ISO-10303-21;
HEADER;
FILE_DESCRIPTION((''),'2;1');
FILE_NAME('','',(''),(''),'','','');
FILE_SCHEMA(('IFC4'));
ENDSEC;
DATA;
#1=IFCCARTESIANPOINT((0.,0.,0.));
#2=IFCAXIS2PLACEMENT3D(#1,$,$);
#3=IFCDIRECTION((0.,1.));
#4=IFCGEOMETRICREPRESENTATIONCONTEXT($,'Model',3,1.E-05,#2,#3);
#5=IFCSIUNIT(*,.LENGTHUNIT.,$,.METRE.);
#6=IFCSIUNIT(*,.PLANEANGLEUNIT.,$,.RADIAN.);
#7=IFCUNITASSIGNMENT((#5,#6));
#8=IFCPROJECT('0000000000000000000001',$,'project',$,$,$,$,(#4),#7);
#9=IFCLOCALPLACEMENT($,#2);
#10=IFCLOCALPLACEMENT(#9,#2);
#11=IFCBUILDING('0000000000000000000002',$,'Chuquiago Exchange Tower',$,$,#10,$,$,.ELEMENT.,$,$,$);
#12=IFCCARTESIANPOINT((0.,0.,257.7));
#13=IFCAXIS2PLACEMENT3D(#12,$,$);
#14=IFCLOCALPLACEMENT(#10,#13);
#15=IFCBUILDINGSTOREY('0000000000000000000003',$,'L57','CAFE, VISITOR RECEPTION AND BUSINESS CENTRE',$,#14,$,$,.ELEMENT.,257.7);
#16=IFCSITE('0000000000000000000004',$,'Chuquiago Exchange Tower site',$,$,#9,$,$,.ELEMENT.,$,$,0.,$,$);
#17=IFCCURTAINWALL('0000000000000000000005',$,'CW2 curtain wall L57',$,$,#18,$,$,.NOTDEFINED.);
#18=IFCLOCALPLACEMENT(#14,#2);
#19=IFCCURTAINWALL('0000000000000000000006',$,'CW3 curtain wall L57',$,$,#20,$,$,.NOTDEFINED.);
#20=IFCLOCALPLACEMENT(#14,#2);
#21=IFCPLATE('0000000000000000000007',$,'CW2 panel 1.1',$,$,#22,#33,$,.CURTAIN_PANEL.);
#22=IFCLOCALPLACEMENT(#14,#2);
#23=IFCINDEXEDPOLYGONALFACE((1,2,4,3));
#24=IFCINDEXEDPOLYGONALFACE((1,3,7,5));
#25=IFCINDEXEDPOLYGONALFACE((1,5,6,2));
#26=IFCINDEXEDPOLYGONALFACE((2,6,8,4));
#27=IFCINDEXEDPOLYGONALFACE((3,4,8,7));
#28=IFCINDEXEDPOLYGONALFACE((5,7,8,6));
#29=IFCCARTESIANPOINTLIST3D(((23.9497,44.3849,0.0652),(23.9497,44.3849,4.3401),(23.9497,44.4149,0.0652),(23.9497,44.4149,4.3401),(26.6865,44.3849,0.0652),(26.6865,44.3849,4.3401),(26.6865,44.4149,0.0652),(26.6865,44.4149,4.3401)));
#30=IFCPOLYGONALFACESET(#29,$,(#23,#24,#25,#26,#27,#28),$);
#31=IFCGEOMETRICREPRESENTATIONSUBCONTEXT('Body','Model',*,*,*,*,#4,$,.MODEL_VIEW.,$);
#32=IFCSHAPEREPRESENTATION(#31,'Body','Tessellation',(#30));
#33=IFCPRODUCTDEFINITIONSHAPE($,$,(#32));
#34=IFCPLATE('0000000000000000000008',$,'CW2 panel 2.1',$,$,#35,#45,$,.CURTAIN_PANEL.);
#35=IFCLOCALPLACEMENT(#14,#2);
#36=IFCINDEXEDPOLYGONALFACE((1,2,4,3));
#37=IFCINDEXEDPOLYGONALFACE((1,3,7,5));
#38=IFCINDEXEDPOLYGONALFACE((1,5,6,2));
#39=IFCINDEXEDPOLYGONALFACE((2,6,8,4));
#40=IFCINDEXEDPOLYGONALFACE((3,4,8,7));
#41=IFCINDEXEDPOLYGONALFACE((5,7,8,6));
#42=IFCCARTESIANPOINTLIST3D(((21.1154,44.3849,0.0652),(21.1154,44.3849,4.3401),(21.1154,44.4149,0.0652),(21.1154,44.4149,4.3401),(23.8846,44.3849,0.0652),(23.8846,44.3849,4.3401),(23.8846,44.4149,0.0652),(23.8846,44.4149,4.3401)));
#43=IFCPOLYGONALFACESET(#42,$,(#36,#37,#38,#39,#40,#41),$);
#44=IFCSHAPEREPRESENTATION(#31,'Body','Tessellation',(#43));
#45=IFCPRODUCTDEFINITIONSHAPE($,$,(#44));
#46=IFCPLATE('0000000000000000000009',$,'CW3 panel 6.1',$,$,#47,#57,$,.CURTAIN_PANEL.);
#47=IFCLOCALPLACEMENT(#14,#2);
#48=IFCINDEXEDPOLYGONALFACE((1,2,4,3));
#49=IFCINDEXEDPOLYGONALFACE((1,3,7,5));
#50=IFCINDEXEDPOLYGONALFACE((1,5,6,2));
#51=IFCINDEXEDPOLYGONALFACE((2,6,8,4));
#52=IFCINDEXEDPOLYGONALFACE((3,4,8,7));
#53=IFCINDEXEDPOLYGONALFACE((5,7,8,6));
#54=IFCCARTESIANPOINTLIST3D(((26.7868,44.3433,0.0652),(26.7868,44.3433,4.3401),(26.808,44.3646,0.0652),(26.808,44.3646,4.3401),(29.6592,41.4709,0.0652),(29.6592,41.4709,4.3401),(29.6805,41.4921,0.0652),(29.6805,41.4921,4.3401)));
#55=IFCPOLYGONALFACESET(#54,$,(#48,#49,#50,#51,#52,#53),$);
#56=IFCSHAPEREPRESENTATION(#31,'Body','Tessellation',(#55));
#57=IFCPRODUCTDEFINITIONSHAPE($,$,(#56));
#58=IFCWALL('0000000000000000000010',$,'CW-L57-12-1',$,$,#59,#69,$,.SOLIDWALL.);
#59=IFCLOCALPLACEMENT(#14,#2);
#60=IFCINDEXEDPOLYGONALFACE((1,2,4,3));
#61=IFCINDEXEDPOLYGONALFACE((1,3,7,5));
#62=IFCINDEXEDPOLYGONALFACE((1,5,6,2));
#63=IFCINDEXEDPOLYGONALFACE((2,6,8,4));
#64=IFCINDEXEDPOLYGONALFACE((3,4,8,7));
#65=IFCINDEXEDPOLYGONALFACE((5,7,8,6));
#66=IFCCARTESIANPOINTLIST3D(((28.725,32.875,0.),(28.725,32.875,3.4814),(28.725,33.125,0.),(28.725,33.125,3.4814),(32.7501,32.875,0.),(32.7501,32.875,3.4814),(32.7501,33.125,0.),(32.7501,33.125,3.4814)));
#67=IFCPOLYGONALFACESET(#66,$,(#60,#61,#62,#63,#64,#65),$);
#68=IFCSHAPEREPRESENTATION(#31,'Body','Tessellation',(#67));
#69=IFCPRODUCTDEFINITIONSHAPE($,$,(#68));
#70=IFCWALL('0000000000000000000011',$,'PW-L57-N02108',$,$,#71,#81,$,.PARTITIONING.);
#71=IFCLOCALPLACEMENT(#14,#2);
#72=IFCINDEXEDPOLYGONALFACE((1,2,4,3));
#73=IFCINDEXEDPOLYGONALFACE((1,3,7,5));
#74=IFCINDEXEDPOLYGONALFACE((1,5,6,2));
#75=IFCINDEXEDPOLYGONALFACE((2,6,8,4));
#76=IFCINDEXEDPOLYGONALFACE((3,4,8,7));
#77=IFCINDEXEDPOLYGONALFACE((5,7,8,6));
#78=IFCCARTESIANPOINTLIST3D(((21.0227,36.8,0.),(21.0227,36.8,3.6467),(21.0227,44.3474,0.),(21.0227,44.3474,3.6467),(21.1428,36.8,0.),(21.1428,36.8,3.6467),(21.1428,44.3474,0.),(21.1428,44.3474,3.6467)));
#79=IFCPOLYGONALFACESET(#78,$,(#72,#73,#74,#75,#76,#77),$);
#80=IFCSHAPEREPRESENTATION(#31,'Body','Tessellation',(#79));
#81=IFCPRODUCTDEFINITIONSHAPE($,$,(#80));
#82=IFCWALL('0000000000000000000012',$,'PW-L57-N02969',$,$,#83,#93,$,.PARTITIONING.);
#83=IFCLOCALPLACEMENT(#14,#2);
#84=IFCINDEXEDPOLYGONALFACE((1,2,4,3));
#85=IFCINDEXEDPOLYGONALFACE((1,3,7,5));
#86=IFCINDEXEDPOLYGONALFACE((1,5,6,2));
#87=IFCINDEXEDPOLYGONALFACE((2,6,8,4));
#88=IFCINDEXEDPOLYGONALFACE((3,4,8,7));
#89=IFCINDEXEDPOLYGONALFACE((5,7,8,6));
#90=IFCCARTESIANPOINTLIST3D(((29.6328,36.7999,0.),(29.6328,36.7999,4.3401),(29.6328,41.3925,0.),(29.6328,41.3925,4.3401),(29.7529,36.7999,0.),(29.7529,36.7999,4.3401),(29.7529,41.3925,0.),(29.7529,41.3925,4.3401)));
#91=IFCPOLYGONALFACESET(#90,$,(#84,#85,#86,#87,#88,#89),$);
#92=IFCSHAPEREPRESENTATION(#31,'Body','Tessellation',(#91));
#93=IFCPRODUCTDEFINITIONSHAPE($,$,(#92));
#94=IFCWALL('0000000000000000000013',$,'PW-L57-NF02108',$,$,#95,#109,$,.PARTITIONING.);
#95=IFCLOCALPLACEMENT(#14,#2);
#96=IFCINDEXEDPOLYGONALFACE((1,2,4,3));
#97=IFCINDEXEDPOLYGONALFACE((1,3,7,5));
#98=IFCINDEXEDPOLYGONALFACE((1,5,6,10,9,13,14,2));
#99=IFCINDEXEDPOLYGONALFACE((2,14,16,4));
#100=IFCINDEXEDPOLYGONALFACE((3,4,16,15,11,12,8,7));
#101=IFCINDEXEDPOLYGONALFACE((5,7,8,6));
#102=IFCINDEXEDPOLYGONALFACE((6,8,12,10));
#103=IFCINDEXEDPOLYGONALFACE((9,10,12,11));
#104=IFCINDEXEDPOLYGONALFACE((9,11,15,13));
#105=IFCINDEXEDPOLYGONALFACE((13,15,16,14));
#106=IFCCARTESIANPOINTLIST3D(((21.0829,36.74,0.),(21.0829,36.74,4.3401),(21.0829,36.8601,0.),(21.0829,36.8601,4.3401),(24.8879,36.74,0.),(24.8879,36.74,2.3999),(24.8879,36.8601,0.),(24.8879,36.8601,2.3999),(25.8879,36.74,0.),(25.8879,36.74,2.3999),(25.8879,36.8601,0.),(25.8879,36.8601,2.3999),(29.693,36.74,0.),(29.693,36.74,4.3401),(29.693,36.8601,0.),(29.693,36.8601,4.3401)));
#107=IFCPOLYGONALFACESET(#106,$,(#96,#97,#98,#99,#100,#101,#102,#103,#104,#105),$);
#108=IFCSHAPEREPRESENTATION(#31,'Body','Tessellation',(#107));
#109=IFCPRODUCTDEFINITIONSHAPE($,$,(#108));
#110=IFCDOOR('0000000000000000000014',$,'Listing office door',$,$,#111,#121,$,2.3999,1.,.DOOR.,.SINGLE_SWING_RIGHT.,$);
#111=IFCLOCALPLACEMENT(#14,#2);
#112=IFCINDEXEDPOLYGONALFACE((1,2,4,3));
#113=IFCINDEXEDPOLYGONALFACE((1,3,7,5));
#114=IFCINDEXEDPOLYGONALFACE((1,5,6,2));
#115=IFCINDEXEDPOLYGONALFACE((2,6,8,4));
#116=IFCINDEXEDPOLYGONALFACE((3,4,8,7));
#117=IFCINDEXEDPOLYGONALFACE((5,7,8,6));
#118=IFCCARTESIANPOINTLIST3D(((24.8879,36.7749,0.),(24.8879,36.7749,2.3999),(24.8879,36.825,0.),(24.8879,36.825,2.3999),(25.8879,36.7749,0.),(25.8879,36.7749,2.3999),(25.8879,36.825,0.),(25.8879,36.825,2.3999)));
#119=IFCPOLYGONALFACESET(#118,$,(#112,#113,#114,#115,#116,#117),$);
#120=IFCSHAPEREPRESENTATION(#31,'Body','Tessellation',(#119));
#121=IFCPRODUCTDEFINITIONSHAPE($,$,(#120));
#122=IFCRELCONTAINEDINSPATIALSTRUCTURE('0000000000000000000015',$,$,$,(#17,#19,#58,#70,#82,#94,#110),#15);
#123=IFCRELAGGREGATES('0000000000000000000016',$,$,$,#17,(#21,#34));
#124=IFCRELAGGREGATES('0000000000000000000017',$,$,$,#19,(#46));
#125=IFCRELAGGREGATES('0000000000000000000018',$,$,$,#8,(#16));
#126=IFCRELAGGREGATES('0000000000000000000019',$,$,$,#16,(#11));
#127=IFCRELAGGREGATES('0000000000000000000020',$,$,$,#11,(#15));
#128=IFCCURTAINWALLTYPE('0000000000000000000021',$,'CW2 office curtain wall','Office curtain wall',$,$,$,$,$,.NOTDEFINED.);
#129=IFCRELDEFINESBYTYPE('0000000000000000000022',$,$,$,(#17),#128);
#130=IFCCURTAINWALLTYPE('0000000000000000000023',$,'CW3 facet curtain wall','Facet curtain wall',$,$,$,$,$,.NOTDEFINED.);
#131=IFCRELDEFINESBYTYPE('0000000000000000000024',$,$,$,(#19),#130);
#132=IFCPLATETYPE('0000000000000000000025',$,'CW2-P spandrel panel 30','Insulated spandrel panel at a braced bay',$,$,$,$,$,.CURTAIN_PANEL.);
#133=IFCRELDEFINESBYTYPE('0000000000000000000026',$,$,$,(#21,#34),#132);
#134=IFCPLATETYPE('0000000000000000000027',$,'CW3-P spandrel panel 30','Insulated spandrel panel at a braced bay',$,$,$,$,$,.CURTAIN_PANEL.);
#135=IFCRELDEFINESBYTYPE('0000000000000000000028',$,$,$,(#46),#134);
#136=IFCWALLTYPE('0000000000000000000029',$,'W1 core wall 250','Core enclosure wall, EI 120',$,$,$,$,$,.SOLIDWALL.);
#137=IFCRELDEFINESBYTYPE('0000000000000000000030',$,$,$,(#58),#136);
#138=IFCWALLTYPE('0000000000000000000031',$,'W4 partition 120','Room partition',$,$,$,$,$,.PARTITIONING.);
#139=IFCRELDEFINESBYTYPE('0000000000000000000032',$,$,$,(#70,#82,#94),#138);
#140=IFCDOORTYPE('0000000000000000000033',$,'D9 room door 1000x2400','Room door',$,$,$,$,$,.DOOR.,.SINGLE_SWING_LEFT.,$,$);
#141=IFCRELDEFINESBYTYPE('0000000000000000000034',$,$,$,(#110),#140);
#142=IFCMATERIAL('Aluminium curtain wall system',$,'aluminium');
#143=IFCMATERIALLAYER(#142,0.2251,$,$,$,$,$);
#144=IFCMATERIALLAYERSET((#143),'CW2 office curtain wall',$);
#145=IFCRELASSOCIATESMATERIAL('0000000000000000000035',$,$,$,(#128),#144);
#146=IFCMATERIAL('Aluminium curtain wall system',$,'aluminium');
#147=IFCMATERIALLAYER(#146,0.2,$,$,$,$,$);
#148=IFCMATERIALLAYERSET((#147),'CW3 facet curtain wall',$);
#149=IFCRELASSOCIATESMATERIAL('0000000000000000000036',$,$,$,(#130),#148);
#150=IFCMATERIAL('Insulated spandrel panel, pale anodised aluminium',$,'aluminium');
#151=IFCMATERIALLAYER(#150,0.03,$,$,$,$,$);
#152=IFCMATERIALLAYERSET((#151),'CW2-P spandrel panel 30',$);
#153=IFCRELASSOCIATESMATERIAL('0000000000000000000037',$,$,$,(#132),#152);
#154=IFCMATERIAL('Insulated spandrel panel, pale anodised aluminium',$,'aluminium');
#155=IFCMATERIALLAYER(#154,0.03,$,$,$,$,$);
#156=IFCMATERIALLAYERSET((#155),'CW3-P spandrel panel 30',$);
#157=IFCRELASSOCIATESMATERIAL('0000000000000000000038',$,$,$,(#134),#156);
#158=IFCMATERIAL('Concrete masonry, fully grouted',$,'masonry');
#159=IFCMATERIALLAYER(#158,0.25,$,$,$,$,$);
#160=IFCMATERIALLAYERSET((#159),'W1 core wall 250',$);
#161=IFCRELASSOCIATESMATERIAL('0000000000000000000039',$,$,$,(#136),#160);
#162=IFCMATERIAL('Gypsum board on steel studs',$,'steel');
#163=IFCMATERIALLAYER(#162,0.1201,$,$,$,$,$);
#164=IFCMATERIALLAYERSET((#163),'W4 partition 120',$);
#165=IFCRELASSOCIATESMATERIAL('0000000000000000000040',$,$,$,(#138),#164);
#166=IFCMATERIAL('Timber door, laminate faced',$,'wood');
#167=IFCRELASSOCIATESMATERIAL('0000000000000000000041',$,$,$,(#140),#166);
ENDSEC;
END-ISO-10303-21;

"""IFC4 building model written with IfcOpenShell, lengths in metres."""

from ifc_helpers import new_model, si_unit, direction, frame, frame_2d, origin, origin_2d, place, context, subcontext, project, spatial, rectangle, extrude, material, layer, layer_set, type_object, element, fill, aggregate, save


model = new_model("IFC4")

# Units and contexts
model_context = context("Model", 3, precision=1e-05, world=origin(), true_north=direction((0.0, 1.0)))
body_context = subcontext(model_context, "Body", "Model", "MODEL_VIEW")
ifc_project = project(units=[si_unit("LENGTHUNIT", "METRE"), si_unit("PLANEANGLEUNIT", "RADIAN")], contexts=[model_context])

# Site, building, storey
site_placement = place(None, origin())
site = spatial("IfcSite", under=ifc_project, at=site_placement, Name="Chuquiago Exchange Tower site", CompositionType="ELEMENT", RefElevation=0.0)
building_placement = place(site_placement, origin())
building = spatial("IfcBuilding", under=site, at=building_placement, Name="Chuquiago Exchange Tower", CompositionType="ELEMENT")
storey_placement = place(building_placement, frame((0.0, 0.0, 257.7)))
storey = spatial("IfcBuildingStorey", under=building, at=storey_placement, Name="L57", Description="CAFE, VISITOR RECEPTION AND BUSINESS CENTRE", CompositionType="ELEMENT", Elevation=257.7)

# Curtain walls
ifc_material_1 = material(Name="Aluminium curtain wall system", Category="aluminium")
ifc_layer_1 = layer(ifc_material_1, 0.2251)
ifc_layer_set_1 = layer_set([ifc_layer_1], Name="CW2 office curtain wall")
curtain_wall_type_1 = type_object("IfcCurtainWallType", Name="CW2 office curtain wall", Description="Office curtain wall", PredefinedType="NOTDEFINED", material=ifc_layer_set_1)
curtain_wall_1_placement = place(storey_placement, origin())
curtain_wall_1 = element("IfcCurtainWall", 1, at=curtain_wall_1_placement, inside=storey, type_object=curtain_wall_type_1, Name="CW2 curtain wall L57", PredefinedType="NOTDEFINED")
ifc_material_2 = material(Name="Aluminium curtain wall system", Category="aluminium")
ifc_layer_2 = layer(ifc_material_2, 0.2)
ifc_layer_set_2 = layer_set([ifc_layer_2], Name="CW3 facet curtain wall")
curtain_wall_type_2 = type_object("IfcCurtainWallType", Name="CW3 facet curtain wall", Description="Facet curtain wall", PredefinedType="NOTDEFINED", material=ifc_layer_set_2)
curtain_wall_2_placement = place(storey_placement, origin())
curtain_wall_2 = element("IfcCurtainWall", 2, at=curtain_wall_2_placement, inside=storey, type_object=curtain_wall_type_2, Name="CW3 curtain wall L57", PredefinedType="NOTDEFINED")

# Plates
ifc_material_3 = material(Name="Insulated spandrel panel, pale anodised aluminium", Category="aluminium")
ifc_layer_3 = layer(ifc_material_3, 0.03)
ifc_layer_set_3 = layer_set([ifc_layer_3], Name="CW2-P spandrel panel 30")
plate_type_1 = type_object("IfcPlateType", Name="CW2-P spandrel panel 30", Description="Insulated spandrel panel at a braced bay", PredefinedType="CURTAIN_PANEL", material=ifc_layer_set_3)
plate_1_placement = place(storey_placement, frame((25.3181, 44.3999, 0.0652), z_axis=(0.0, 0.0, 1.0), x_axis=(-1.0, 0.0, 0.0)))
plate_1 = element("IfcPlate", 3, at=plate_1_placement, type_object=plate_type_1, Name="CW2 panel 1.1", PredefinedType="CURTAIN_PANEL", context=body_context, shape_type="SweptSolid", body=[
    extrude(rectangle(XDim=2.7368, YDim=0.03, at=origin_2d()), origin(), (0.0, 0.0, 1.0), 4.2749),
])
plate_2_placement = place(storey_placement, frame((22.5, 44.3999, 0.0652), z_axis=(0.0, 0.0, 1.0), x_axis=(-1.0, 0.0, 0.0)))
plate_2 = element("IfcPlate", 4, at=plate_2_placement, type_object=plate_type_1, Name="CW2 panel 2.1", PredefinedType="CURTAIN_PANEL", context=body_context, shape_type="SweptSolid", body=[
    extrude(rectangle(XDim=2.7693, YDim=0.03, at=origin_2d()), origin(), (0.0, 0.0, 1.0), 4.2749),
])
aggregate(curtain_wall_1, [plate_1, plate_2])
ifc_material_4 = material(Name="Insulated spandrel panel, pale anodised aluminium", Category="aluminium")
ifc_layer_4 = layer(ifc_material_4, 0.03)
ifc_layer_set_4 = layer_set([ifc_layer_4], Name="CW3-P spandrel panel 30")
plate_type_2 = type_object("IfcPlateType", Name="CW3-P spandrel panel 30", Description="Insulated spandrel panel at a braced bay", PredefinedType="CURTAIN_PANEL", material=ifc_layer_set_4)
plate_3_placement = place(storey_placement, frame((28.2336, 42.9177, 0.0652), z_axis=(0.0, 0.0, 1.0), x_axis=(-0.707107, 0.707107, 0.0)))
plate_3 = element("IfcPlate", 5, at=plate_3_placement, type_object=plate_type_2, Name="CW3 panel 6.1", PredefinedType="CURTAIN_PANEL", context=body_context, shape_type="SweptSolid", body=[
    extrude(rectangle(XDim=4.0623, YDim=0.03, at=origin_2d()), origin(), (0.0, 0.0, 1.0), 4.2749),
])
aggregate(curtain_wall_2, [plate_3])

# Walls
ifc_material_5 = material(Name="Concrete masonry, fully grouted", Category="masonry")
ifc_layer_5 = layer(ifc_material_5, 0.25)
ifc_layer_set_5 = layer_set([ifc_layer_5], Name="W1 core wall 250")
wall_type_1 = type_object("IfcWallType", Name="W1 core wall 250", Description="Core enclosure wall, EI 120", PredefinedType="SOLIDWALL", material=ifc_layer_set_5)
wall_1_placement = place(storey_placement, frame((28.7249, 33.0, 0.0), z_axis=(0.0, 0.0, 1.0), x_axis=(1.0, 0.0, 0.0)))
element("IfcWall", 6, at=wall_1_placement, inside=storey, type_object=wall_type_1, Name="CW-L57-12-1", PredefinedType="SOLIDWALL", context=body_context, shape_type="SweptSolid", body=[
    extrude(rectangle(XDim=4.0251, YDim=0.25, at=frame_2d((2.0127, 0.0))), origin(), (0.0, 0.0, 1.0), 3.4814),
])
ifc_material_6 = material(Name="Gypsum board on steel studs", Category="steel")
ifc_layer_6 = layer(ifc_material_6, 0.1201)
ifc_layer_set_6 = layer_set([ifc_layer_6], Name="W4 partition 120")
wall_type_2 = type_object("IfcWallType", Name="W4 partition 120", Description="Room partition", PredefinedType="PARTITIONING", material=ifc_layer_set_6)
wall_2_placement = place(storey_placement, frame((21.0828, 44.3474, 0.0), z_axis=(0.0, 0.0, 1.0), x_axis=(0.0, -1.0, 0.0)))
element("IfcWall", 7, at=wall_2_placement, inside=storey, type_object=wall_type_2, Name="PW-L57-N02108", PredefinedType="PARTITIONING", context=body_context, shape_type="SweptSolid", body=[
    extrude(rectangle(XDim=7.5474, YDim=0.1201, at=frame_2d((3.7737, 0.0))), origin(), (0.0, 0.0, 1.0), 3.6467),
])
wall_3_placement = place(storey_placement, frame((29.6929, 41.3926, 0.0), z_axis=(0.0, 0.0, 1.0), x_axis=(0.0, -1.0, 0.0)))
element("IfcWall", 8, at=wall_3_placement, inside=storey, type_object=wall_type_2, Name="PW-L57-N02969", PredefinedType="PARTITIONING", context=body_context, shape_type="SweptSolid", body=[
    extrude(rectangle(XDim=4.5925, YDim=0.1201, at=frame_2d((2.2964, 0.0))), origin(), (0.0, 0.0, 1.0), 4.3401),
])

# Wall, opening, door
wall_4_placement = place(storey_placement, frame((21.0828, 36.8, 0.0), z_axis=(0.0, 0.0, 1.0), x_axis=(1.0, 0.0, 0.0)))
wall_4 = element("IfcWall", 9, at=wall_4_placement, inside=storey, type_object=wall_type_2, Name="PW-L57-NF02108", PredefinedType="PARTITIONING", context=body_context, shape_type="SweptSolid", body=[
    extrude(rectangle(XDim=8.6101, YDim=0.1201, at=frame_2d((4.3052, 0.0))), origin(), (0.0, 0.0, 1.0), 4.3401),
])
opening_placement = place(wall_4_placement, frame((3.8052, 0.0, 0.0)))
opening = element("IfcOpeningElement", 10, at=opening_placement, cuts=wall_4, PredefinedType="OPENING", context=body_context, shape_type="SweptSolid", body=[
    extrude(rectangle(XDim=1.0, YDim=2.3999, at=frame_2d((0.5, 1.2))), frame((0.0, 0.0701, 0.0), z_axis=(0.0, -1.0, 0.0), x_axis=(1.0, 0.0, 0.0)), (0.0, 0.0, 1.0), 0.1401),
])
ifc_material_7 = material(Name="Timber door, laminate faced", Category="wood")
door_type = type_object("IfcDoorType", Name="D9 room door 1000x2400", Description="Room door", OperationType="SINGLE_SWING_LEFT", PredefinedType="DOOR", material=ifc_material_7)
door_placement = place(opening_placement, origin())
door = element("IfcDoor", 11, at=door_placement, inside=storey, type_object=door_type, Name="Listing office door", OperationType="SINGLE_SWING_RIGHT", OverallHeight=2.3999, OverallWidth=1.0, PredefinedType="DOOR", context=body_context, shape_type="SweptSolid", body=[
    extrude(rectangle(XDim=1.0, YDim=2.3999, at=frame_2d((0.5, 1.2))), frame((0.0, 0.0249, 0.0), z_axis=(0.0, -1.0, 0.0), x_axis=(1.0, 0.0, 0.0)), (0.0, 0.0, 1.0), 0.05),
])
fill(opening, door)

save(model, "model.ifc")
